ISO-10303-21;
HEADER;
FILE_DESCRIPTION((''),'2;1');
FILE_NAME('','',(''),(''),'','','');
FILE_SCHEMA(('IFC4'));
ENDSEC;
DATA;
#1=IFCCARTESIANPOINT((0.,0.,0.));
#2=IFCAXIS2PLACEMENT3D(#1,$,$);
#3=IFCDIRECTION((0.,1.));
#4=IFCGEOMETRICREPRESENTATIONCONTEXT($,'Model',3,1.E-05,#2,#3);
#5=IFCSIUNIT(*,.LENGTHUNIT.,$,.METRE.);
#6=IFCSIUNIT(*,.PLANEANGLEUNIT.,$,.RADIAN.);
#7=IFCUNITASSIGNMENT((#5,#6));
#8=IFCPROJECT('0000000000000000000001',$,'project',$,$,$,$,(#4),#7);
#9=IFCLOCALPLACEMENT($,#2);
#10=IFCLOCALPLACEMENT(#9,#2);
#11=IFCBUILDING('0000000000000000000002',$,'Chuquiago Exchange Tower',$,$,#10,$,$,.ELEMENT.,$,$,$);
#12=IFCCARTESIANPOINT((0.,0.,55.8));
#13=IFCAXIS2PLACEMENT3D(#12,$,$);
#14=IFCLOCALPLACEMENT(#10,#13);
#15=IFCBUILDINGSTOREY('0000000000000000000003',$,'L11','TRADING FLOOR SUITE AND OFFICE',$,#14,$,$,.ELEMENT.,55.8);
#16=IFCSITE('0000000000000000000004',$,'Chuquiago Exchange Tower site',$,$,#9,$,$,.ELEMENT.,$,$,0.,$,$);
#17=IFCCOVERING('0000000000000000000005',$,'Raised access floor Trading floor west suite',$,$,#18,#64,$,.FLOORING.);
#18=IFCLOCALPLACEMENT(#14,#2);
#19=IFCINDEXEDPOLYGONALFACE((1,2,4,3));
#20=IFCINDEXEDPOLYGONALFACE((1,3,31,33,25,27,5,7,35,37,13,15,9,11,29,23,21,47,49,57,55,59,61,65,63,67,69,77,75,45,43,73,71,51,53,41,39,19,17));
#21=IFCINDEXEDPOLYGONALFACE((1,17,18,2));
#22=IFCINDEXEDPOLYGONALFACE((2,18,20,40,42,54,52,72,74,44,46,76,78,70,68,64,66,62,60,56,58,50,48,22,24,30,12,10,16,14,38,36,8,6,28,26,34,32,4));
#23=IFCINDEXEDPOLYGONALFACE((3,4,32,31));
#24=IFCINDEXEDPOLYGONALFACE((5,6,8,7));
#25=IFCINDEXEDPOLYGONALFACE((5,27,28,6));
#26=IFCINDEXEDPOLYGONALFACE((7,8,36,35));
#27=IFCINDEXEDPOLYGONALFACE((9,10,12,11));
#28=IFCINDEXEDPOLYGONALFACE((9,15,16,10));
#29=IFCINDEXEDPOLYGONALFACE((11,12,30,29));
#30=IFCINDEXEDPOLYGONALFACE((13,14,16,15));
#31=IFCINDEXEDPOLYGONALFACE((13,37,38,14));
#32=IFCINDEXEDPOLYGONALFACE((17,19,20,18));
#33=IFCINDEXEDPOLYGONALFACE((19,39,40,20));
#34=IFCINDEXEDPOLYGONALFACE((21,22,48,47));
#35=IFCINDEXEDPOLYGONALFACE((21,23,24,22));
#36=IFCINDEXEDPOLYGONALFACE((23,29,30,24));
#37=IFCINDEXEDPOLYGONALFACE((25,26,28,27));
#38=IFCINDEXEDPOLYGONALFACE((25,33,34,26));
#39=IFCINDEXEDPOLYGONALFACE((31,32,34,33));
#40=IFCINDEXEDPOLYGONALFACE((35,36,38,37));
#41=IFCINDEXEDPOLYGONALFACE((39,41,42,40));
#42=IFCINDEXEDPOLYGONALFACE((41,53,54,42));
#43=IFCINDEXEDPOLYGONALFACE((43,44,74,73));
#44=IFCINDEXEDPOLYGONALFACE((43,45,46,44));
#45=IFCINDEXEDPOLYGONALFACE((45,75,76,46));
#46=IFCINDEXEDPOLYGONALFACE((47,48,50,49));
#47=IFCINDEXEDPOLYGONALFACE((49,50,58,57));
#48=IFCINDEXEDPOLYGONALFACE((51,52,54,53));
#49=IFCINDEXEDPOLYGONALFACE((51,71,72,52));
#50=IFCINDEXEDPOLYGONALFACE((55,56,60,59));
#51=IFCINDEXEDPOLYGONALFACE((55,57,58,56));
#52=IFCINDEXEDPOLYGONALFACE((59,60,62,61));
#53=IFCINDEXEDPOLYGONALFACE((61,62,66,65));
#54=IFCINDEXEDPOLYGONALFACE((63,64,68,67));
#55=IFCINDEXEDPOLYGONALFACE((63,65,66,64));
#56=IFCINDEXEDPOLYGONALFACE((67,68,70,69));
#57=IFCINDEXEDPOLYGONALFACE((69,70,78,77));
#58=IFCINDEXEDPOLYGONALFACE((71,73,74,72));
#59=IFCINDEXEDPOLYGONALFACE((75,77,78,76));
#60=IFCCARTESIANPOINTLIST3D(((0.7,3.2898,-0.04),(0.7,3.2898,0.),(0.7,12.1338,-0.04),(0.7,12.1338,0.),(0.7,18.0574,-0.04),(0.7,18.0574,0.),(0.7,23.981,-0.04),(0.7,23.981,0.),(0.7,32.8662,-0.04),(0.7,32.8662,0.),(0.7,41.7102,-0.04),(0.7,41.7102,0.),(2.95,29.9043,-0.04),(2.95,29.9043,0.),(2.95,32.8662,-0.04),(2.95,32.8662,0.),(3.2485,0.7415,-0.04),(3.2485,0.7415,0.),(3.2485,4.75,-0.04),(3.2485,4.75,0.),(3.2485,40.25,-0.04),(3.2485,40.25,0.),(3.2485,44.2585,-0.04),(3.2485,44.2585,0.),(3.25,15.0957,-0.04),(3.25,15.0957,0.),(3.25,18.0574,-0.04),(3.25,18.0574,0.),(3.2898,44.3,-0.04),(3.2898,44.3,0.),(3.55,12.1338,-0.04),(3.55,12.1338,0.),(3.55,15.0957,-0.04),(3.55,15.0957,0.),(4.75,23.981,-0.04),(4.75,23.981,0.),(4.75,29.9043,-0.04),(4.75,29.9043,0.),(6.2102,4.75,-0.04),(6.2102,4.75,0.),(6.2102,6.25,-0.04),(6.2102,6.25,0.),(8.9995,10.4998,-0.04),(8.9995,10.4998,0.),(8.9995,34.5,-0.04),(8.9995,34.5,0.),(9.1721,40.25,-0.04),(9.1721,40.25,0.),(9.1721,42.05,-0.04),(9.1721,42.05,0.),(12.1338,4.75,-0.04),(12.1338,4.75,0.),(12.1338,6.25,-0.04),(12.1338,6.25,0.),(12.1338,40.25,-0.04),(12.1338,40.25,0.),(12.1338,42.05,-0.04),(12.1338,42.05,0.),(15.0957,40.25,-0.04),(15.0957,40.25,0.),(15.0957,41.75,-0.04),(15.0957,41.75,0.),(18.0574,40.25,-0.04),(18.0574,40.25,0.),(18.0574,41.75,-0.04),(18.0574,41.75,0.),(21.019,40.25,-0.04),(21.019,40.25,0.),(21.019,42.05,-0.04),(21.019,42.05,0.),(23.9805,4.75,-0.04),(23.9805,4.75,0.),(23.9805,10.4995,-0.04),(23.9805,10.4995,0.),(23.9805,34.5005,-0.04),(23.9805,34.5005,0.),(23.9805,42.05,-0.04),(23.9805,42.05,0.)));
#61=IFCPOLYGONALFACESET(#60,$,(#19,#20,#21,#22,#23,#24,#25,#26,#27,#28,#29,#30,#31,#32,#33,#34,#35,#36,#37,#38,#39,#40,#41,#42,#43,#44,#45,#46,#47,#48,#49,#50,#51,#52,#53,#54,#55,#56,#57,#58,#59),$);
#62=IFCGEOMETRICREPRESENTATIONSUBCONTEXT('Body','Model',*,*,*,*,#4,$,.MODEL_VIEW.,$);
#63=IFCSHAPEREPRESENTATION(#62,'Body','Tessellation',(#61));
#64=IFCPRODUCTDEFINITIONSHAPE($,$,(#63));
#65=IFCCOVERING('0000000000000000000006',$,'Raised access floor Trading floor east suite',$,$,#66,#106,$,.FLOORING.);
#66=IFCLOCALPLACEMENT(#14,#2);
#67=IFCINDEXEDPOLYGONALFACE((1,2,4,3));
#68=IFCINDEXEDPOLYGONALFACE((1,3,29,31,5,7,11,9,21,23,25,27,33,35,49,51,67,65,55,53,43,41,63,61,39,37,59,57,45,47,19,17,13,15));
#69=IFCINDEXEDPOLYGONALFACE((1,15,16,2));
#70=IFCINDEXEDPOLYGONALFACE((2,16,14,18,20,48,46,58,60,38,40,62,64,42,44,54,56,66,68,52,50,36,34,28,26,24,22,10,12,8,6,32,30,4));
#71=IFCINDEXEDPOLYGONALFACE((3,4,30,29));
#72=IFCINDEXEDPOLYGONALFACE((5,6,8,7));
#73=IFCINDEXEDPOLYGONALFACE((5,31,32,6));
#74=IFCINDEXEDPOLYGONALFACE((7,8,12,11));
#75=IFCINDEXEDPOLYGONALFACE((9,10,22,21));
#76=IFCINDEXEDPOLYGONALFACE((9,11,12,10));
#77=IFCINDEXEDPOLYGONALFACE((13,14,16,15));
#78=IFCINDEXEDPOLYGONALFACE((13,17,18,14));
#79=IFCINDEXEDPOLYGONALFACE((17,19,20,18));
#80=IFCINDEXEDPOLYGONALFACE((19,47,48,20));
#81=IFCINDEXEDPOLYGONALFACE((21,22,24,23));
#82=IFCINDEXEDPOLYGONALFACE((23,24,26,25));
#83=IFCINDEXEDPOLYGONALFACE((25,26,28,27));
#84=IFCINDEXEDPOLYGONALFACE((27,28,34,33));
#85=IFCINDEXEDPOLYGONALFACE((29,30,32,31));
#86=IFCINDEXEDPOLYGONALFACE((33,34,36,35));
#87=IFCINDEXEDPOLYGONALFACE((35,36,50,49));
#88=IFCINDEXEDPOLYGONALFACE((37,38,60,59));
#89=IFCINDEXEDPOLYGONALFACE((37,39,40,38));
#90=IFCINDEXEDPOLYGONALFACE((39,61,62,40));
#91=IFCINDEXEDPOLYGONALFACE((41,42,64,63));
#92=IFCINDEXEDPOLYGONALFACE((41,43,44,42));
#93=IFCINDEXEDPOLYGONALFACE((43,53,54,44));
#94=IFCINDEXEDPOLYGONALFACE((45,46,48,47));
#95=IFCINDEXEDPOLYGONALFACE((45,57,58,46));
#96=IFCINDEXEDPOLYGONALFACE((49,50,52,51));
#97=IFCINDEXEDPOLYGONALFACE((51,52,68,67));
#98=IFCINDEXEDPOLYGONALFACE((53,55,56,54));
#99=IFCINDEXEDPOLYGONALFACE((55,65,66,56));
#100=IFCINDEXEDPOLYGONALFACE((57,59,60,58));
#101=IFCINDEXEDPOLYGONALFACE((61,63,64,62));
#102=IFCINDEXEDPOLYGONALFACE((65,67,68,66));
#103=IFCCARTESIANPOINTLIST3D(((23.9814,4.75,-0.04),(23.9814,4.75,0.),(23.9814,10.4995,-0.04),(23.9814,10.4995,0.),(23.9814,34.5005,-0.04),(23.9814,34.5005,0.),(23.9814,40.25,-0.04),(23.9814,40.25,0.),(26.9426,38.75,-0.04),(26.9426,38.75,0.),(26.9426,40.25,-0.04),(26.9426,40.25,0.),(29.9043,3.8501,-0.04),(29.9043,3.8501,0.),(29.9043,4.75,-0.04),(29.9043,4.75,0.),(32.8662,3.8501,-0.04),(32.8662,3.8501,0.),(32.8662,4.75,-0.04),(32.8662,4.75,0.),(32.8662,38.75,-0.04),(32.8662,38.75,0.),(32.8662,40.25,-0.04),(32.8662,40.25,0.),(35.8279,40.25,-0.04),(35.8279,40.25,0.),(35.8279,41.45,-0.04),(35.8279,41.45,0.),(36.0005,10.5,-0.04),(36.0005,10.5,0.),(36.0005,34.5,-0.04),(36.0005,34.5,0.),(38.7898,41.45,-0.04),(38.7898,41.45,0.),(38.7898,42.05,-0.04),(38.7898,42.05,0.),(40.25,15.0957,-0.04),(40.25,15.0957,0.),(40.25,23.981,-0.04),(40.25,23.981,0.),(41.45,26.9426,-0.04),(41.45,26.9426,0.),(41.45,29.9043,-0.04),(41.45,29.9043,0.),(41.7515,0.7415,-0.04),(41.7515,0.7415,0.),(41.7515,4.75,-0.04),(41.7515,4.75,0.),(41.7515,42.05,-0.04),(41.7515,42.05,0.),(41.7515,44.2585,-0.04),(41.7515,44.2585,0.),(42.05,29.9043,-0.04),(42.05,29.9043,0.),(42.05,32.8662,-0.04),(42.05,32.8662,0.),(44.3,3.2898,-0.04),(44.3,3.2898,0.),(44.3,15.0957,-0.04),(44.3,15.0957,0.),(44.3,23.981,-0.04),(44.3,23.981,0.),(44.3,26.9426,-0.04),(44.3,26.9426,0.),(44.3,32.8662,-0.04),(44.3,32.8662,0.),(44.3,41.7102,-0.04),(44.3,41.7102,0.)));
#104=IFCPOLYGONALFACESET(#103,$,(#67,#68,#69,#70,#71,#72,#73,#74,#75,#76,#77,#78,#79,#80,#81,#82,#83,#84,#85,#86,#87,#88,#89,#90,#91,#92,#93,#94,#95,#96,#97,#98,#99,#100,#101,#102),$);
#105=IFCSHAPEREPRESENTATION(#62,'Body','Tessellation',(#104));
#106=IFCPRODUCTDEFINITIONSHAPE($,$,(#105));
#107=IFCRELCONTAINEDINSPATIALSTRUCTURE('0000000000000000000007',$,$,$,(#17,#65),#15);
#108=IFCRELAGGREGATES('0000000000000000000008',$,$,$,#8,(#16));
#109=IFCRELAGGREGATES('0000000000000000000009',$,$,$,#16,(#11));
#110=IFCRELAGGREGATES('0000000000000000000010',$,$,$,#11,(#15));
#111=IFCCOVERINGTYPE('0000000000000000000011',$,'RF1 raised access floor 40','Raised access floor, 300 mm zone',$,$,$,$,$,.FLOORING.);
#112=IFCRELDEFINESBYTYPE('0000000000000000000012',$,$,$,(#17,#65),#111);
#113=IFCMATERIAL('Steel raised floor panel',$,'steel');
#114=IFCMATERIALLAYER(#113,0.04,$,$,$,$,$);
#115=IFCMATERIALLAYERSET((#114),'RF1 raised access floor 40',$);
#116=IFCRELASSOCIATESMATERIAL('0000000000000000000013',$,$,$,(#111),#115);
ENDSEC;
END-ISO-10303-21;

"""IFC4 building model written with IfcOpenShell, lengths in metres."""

from ifc_helpers import new_model, si_unit, direction, frame, origin, place, context, subcontext, project, spatial, polyline, outline, extrude, material, layer, layer_set, type_object, element, save


model = new_model("IFC4")

# Units and contexts
model_context = context("Model", 3, precision=1e-05, world=origin(), true_north=direction((0.0, 1.0)))
body_context = subcontext(model_context, "Body", "Model", "MODEL_VIEW")
ifc_project = project(units=[si_unit("LENGTHUNIT", "METRE"), si_unit("PLANEANGLEUNIT", "RADIAN")], contexts=[model_context])

# Site, building, storey
site_placement = place(None, origin())
site = spatial("IfcSite", under=ifc_project, at=site_placement, Name="Chuquiago Exchange Tower site", CompositionType="ELEMENT", RefElevation=0.0)
building_placement = place(site_placement, origin())
building = spatial("IfcBuilding", under=site, at=building_placement, Name="Chuquiago Exchange Tower", CompositionType="ELEMENT")
storey_placement = place(building_placement, frame((0.0, 0.0, 55.8)))
storey = spatial("IfcBuildingStorey", under=building, at=storey_placement, Name="L11", Description="TRADING FLOOR SUITE AND OFFICE", CompositionType="ELEMENT", Elevation=55.8)

# Coverings
ifc_material_1 = material(Name="Steel raised floor panel", Category="steel")
ifc_layer_1 = layer(ifc_material_1, 0.04)
ifc_layer_set_1 = layer_set([ifc_layer_1], Name="RF1 raised access floor 40")
covering_type_1 = type_object("IfcCoveringType", Name="RF1 raised access floor 40", Description="Raised access floor, 300 mm zone", PredefinedType="FLOORING", material=ifc_layer_set_1)
covering_1_placement = place(storey_placement, frame((0.0, 0.0, -0.04)))
element("IfcCovering", 1, at=covering_1_placement, inside=storey, type_object=covering_type_1, Name="Raised access floor Trading floor west suite", PredefinedType="FLOORING", context=body_context, shape_type="SweptSolid", body=[
    extrude(outline(polyline([(3.55, 15.0957), (3.25, 15.0957), (3.25, 18.0574), (0.7, 18.0574), (0.7, 23.981), (4.75, 23.981), (4.75, 29.9043), (2.95, 29.9043), (2.95, 32.8662), (0.7, 32.8662), (0.7, 41.7102), (3.2898, 44.3), (3.2485, 44.2585), (3.2485, 40.25), (9.1721, 40.25), (9.1721, 42.05), (12.1338, 42.05), (12.1338, 40.25), (15.0957, 40.25), (15.0957, 41.75), (18.0574, 41.75), (18.0574, 40.25), (21.019, 40.25), (21.019, 42.05), (23.9805, 42.05), (23.9805, 34.5005), (8.9995, 34.5), (8.9995, 10.4998), (23.9805, 10.4995), (23.9805, 4.75), (12.1338, 4.75), (12.1338, 6.25), (6.2102, 6.25), (6.2102, 4.75), (3.2485, 4.75), (3.2485, 0.7415), (0.7, 3.2898), (0.7, 12.1338), (3.55, 12.1338), (3.55, 15.0957)])), origin(), (0.0, 0.0, 1.0), 0.04),
])
covering_2_placement = place(storey_placement, frame((0.0, 0.0, -0.04)))
element("IfcCovering", 2, at=covering_2_placement, inside=storey, type_object=covering_type_1, Name="Raised access floor Trading floor east suite", PredefinedType="FLOORING", context=body_context, shape_type="SweptSolid", body=[
    extrude(outline(polyline([(26.9426, 40.25), (26.9426, 38.75), (32.8662, 38.75), (32.8662, 40.25), (35.8279, 40.25), (35.8279, 41.45), (38.7898, 41.45), (38.7898, 42.05), (41.7515, 42.05), (41.7515, 44.2585), (44.3, 41.7102), (44.3, 32.8662), (42.05, 32.8662), (42.05, 29.9043), (41.45, 29.9043), (41.45, 26.9426), (44.3, 26.9426), (44.3, 23.981), (40.25, 23.981), (40.25, 15.0957), (44.3, 15.0957), (44.3, 3.2898), (41.7515, 0.7415), (41.7515, 4.75), (32.8662, 4.75), (32.8662, 3.8501), (29.9043, 3.8501), (29.9043, 4.75), (23.9814, 4.75), (23.9814, 10.4995), (36.0005, 10.5), (36.0005, 34.5), (23.9814, 34.5005), (23.9814, 40.25), (26.9426, 40.25)])), origin(), (0.0, 0.0, 1.0), 0.04),
])

save(model, "model.ifc")
